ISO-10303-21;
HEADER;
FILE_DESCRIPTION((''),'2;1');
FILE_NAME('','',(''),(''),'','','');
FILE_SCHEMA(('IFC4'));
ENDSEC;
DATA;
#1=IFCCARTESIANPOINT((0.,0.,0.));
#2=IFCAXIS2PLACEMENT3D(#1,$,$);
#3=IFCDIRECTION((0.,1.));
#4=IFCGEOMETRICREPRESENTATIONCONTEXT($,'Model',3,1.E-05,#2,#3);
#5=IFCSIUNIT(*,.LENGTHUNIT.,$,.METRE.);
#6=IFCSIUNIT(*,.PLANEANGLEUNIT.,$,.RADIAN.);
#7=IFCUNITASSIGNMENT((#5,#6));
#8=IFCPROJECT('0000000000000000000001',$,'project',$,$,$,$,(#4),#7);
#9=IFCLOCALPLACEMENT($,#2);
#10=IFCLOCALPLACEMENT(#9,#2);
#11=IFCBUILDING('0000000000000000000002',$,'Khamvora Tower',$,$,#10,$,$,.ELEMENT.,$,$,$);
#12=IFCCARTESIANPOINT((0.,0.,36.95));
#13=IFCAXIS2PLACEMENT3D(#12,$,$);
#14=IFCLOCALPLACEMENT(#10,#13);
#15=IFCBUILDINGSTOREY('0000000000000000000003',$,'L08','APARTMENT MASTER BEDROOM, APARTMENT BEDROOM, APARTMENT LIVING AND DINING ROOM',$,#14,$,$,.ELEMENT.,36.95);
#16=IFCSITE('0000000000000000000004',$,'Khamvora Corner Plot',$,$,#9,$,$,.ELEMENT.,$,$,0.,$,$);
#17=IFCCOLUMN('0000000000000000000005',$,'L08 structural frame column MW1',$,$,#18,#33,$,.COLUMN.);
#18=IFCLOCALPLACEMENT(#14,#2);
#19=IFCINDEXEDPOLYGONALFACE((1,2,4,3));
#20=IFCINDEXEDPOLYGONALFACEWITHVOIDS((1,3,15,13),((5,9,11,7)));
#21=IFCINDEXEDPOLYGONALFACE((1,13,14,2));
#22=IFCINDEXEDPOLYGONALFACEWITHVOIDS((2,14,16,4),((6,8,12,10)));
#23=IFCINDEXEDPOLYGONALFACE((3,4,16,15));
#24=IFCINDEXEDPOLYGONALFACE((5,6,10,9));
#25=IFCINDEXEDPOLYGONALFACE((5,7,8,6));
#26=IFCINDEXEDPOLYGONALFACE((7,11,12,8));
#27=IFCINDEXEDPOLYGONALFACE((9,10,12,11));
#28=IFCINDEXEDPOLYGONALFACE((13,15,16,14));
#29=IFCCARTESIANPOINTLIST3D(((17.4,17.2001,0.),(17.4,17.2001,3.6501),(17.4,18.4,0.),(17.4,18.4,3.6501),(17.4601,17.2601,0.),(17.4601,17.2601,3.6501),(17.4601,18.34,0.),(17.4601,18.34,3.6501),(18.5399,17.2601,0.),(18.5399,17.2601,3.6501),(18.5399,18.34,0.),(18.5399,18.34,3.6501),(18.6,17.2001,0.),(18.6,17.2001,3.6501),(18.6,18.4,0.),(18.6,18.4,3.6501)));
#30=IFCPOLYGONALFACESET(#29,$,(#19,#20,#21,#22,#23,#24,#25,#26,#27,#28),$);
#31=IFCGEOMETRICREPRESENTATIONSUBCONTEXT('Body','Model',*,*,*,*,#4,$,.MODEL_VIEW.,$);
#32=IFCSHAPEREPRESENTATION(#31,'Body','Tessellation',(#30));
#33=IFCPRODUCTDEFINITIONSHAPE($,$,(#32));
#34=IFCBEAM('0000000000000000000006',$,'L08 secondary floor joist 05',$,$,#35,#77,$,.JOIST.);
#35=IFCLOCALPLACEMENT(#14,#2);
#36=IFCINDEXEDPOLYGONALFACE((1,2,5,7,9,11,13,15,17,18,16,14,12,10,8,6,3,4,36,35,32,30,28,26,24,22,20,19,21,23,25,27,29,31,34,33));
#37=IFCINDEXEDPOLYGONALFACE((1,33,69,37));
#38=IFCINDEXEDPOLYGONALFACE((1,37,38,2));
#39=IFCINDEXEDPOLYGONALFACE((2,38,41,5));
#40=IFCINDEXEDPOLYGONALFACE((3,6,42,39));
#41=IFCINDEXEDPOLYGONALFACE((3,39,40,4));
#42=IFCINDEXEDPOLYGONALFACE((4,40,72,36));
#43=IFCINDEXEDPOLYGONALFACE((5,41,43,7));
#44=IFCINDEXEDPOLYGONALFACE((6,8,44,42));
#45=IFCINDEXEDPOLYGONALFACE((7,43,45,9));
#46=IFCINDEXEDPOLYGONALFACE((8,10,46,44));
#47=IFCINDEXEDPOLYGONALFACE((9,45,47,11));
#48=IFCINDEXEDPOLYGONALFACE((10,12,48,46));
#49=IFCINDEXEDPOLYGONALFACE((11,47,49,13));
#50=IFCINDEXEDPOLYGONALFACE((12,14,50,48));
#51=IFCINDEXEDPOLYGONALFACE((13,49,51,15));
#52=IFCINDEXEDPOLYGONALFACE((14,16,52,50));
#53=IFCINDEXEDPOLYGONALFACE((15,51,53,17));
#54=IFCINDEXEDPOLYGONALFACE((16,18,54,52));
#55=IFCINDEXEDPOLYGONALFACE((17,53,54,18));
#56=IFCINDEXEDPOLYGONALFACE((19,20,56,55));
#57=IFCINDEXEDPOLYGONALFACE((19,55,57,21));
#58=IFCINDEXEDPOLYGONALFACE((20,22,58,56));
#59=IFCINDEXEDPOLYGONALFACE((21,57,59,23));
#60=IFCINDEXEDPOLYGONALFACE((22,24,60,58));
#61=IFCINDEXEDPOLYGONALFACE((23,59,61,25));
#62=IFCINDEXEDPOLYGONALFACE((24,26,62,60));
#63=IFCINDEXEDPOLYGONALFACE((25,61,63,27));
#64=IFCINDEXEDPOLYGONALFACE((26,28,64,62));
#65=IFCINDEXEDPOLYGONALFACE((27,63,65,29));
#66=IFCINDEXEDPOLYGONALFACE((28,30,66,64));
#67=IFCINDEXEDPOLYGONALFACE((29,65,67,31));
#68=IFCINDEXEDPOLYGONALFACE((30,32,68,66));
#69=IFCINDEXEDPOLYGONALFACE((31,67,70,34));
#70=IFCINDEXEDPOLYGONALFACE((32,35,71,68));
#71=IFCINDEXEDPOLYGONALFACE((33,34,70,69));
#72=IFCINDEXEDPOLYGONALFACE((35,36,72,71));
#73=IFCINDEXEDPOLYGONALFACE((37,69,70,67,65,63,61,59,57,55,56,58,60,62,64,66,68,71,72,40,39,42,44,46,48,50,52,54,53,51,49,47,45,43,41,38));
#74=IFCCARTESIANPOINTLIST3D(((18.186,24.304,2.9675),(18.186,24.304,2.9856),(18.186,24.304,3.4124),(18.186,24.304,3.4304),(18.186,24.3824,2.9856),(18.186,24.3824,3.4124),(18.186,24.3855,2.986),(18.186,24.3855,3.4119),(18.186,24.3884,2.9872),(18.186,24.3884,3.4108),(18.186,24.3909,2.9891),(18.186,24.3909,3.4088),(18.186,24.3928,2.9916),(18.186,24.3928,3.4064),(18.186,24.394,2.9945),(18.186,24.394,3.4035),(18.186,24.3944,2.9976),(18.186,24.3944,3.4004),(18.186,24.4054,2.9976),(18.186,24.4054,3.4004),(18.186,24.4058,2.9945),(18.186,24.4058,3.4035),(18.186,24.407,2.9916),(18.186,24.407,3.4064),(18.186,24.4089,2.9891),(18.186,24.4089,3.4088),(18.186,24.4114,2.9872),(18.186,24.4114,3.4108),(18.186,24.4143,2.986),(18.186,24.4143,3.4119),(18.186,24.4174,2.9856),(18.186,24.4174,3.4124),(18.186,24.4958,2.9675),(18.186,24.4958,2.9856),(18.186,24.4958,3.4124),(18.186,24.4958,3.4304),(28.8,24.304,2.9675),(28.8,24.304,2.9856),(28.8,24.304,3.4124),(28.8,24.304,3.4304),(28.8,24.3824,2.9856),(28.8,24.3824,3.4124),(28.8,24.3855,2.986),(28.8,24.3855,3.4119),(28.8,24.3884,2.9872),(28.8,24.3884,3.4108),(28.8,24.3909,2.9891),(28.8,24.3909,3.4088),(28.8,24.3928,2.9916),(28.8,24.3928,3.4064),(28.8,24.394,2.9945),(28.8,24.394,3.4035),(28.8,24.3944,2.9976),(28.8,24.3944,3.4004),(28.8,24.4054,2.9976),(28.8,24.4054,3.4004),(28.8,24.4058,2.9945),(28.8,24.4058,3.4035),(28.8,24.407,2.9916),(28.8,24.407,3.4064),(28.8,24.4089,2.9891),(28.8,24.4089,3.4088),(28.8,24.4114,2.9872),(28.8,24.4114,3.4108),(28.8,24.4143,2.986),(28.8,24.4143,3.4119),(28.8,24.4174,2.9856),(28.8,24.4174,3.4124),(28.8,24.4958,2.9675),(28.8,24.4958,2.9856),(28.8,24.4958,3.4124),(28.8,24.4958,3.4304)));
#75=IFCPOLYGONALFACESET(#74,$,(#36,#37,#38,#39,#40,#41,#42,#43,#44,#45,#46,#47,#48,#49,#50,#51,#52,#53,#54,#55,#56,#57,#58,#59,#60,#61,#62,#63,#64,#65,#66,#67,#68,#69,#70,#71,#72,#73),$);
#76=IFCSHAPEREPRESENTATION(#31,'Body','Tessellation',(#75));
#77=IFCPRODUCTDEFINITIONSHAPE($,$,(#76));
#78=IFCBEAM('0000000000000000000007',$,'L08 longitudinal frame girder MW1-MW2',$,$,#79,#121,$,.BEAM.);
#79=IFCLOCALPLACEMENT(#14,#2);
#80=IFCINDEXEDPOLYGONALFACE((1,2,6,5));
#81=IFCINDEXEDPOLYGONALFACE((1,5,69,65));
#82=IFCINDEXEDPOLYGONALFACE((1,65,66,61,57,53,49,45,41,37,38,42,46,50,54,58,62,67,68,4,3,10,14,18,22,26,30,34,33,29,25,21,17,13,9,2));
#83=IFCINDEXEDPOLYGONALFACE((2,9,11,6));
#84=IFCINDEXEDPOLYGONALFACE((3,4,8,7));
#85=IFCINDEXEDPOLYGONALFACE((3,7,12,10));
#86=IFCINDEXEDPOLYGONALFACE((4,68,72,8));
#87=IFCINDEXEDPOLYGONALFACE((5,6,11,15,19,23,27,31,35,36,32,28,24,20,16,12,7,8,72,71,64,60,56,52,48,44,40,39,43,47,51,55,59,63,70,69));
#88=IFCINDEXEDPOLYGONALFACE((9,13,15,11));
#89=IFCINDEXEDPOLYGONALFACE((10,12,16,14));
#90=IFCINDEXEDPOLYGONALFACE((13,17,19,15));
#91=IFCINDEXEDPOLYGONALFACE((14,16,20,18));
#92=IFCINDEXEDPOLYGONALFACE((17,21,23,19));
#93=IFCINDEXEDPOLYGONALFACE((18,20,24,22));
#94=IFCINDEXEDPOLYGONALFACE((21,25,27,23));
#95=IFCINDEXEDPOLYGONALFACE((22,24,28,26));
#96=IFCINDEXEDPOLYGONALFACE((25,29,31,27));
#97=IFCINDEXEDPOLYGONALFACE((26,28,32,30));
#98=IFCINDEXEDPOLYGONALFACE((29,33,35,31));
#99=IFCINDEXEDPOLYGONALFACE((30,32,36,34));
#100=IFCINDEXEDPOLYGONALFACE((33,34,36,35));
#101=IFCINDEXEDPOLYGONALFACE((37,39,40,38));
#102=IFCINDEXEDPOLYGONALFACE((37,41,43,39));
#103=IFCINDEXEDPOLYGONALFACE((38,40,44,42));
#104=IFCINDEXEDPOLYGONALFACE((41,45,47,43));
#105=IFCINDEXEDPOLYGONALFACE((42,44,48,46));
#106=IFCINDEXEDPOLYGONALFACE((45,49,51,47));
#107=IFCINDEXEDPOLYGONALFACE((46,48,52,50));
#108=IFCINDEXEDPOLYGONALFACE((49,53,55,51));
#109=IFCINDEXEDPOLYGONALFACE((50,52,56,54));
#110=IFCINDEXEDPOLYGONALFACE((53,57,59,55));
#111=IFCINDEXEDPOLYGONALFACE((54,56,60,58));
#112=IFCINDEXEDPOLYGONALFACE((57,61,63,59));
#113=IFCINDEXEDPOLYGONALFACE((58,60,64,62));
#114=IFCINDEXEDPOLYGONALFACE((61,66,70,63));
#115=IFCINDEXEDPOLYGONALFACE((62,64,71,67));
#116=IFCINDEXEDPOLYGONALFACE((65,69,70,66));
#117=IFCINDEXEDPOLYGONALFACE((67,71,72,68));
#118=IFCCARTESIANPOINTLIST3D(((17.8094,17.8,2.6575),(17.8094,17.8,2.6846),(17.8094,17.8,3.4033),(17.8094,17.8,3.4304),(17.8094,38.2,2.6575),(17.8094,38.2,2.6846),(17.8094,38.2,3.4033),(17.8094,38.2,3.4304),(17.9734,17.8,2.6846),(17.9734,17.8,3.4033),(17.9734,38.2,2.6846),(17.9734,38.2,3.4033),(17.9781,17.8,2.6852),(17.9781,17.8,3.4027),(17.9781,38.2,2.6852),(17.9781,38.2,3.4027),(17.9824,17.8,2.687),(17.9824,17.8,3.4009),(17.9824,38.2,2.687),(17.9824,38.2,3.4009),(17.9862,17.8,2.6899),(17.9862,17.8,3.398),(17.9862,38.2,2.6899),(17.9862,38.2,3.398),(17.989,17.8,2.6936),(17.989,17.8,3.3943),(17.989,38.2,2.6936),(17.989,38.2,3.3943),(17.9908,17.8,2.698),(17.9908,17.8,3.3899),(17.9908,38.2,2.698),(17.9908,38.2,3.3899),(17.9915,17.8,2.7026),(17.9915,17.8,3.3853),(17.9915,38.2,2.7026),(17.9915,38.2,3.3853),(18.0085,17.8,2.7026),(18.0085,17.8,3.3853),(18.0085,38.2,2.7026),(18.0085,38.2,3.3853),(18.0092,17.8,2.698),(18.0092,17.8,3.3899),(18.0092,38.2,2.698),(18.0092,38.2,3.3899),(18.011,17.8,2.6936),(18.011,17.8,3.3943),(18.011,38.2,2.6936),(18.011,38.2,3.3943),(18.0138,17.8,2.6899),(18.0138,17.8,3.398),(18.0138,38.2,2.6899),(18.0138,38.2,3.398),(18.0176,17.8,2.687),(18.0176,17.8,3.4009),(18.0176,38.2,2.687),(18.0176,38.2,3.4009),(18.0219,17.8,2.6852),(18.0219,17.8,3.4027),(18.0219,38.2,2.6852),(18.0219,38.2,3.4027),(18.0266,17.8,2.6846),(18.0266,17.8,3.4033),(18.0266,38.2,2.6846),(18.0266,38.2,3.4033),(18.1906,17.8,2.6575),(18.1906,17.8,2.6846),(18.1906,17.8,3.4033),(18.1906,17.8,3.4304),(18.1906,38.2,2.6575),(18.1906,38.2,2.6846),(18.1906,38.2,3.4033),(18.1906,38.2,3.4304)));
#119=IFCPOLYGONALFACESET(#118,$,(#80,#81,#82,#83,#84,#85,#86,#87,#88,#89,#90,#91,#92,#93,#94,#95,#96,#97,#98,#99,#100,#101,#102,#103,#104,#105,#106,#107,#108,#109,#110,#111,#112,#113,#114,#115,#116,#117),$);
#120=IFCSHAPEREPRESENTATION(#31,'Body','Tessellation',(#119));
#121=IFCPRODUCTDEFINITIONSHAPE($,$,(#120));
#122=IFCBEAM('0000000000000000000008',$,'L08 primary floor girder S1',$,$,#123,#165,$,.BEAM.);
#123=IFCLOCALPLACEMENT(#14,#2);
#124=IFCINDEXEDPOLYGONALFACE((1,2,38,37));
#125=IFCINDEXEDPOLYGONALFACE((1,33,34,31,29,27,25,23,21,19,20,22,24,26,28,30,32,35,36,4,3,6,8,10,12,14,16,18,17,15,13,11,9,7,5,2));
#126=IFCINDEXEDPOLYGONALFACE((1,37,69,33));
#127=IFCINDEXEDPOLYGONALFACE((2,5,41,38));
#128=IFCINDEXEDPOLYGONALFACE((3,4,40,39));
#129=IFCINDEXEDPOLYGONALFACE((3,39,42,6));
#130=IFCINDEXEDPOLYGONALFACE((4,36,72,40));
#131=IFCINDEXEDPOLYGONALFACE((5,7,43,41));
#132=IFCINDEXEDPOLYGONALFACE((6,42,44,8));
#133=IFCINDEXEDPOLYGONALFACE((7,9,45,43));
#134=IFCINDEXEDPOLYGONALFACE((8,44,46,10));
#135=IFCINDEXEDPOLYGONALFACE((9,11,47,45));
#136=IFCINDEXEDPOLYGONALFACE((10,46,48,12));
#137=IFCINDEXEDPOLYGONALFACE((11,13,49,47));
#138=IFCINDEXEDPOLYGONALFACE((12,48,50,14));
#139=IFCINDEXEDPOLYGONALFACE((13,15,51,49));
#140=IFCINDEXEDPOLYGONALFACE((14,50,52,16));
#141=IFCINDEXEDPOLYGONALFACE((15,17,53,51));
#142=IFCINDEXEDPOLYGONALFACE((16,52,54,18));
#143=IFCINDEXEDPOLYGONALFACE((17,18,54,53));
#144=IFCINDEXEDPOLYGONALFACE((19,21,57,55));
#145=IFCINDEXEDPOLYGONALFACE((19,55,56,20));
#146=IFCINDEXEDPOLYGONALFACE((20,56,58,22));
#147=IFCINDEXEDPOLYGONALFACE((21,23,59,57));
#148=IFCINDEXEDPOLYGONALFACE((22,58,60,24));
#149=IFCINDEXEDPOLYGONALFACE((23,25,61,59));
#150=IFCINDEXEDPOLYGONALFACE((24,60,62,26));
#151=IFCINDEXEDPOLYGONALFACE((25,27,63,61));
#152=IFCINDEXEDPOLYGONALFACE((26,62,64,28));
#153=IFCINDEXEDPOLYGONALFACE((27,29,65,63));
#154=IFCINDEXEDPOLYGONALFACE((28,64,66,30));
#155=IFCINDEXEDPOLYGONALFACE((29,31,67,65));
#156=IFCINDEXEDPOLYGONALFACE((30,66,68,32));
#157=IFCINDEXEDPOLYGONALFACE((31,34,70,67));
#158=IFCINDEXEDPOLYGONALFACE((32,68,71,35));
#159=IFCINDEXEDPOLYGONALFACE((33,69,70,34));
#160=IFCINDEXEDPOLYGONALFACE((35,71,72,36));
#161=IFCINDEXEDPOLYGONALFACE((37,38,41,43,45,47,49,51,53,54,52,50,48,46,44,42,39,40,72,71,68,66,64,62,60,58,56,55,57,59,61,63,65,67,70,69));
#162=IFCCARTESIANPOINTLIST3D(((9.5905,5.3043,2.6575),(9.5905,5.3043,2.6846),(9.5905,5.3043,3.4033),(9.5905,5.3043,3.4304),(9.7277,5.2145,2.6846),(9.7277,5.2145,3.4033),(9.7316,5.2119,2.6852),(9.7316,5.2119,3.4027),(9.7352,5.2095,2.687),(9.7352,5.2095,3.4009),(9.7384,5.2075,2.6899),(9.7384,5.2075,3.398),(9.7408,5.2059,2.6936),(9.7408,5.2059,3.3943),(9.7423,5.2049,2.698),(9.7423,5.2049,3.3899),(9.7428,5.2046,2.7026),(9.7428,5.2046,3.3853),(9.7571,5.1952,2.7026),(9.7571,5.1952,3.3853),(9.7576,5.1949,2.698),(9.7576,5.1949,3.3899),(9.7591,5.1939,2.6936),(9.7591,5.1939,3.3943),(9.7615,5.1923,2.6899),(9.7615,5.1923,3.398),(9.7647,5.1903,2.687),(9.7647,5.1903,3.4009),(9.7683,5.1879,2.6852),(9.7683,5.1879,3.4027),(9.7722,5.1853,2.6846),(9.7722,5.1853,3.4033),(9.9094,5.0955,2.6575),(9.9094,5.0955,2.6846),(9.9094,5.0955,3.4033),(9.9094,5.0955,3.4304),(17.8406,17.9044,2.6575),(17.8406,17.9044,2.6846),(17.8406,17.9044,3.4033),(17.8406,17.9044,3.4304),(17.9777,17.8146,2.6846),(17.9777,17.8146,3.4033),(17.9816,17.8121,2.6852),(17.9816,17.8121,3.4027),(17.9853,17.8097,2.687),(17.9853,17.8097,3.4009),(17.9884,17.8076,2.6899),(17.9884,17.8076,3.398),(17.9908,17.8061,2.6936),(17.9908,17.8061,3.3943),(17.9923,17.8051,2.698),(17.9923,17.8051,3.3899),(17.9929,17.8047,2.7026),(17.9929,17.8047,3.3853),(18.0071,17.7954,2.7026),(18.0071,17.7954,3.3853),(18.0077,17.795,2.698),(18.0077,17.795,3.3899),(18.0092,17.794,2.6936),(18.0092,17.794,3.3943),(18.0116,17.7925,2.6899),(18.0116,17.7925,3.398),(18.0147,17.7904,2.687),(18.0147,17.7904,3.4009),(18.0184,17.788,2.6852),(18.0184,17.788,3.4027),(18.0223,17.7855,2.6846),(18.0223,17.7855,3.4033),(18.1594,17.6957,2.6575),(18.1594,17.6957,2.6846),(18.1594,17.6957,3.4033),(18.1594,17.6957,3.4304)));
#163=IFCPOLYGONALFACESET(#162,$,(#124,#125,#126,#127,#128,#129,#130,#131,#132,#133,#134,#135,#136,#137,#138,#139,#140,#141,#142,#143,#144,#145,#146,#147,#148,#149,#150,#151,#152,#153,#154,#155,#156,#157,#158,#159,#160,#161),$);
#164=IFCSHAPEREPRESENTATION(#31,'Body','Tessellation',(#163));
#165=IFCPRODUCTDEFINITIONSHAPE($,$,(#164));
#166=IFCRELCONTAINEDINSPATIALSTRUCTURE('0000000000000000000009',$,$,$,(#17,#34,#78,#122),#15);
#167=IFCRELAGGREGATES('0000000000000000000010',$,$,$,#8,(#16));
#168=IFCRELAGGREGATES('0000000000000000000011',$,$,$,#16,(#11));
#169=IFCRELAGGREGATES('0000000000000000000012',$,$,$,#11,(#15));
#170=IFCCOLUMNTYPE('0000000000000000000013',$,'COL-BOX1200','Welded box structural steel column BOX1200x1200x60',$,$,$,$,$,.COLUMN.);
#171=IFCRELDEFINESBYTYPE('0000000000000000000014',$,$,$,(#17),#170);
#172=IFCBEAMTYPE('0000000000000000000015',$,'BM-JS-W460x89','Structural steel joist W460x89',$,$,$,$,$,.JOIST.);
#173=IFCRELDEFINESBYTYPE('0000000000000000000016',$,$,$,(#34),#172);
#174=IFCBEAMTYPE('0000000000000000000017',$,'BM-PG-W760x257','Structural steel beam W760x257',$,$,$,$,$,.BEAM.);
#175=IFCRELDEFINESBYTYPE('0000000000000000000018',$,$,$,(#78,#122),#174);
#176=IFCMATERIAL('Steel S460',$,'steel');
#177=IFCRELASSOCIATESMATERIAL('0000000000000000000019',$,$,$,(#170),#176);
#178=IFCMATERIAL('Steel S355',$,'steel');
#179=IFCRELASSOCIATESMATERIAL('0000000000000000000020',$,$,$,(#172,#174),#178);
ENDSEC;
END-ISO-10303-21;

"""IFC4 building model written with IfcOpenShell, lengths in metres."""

from ifc_helpers import new_model, si_unit, direction, frame, origin, origin_2d, place, context, subcontext, project, spatial, hollow_rectangle, i_section, extrude, material, material_profile, profile_set, type_object, element, save


model = new_model("IFC4")

# Units and contexts
model_context = context("Model", 3, precision=1e-05, world=origin(), true_north=direction((0.0, 1.0)))
body_context = subcontext(model_context, "Body", "Model", "MODEL_VIEW")
ifc_project = project(units=[si_unit("LENGTHUNIT", "METRE"), si_unit("PLANEANGLEUNIT", "RADIAN")], contexts=[model_context])

# Site, building, storey
site_placement = place(None, origin())
site = spatial("IfcSite", under=ifc_project, at=site_placement, Name="Khamvora Corner Plot", CompositionType="ELEMENT", RefElevation=0.0)
building_placement = place(site_placement, origin())
building = spatial("IfcBuilding", under=site, at=building_placement, Name="Khamvora Tower", CompositionType="ELEMENT")
storey_placement = place(building_placement, frame((0.0, 0.0, 36.95)))
storey = spatial("IfcBuildingStorey", under=building, at=storey_placement, Name="L08", Description="APARTMENT MASTER BEDROOM, APARTMENT BEDROOM, APARTMENT LIVING AND DINING ROOM", CompositionType="ELEMENT", Elevation=36.95)

# Column
ifc_material_1 = material(Name="Steel S460", Category="steel")
ifc_material_profile_1 = material_profile(ifc_material_1, hollow_rectangle(XDim=1.2, YDim=1.2, WallThickness=0.0601, at=origin_2d()), Name="BOX1200x1200x60")
ifc_profile_set_1 = profile_set([ifc_material_profile_1], Name="Steel S460")
column_type = type_object("IfcColumnType", Name="COL-BOX1200", Description="Welded box structural steel column BOX1200x1200x60", PredefinedType="COLUMN", material=ifc_profile_set_1)
column_placement = place(storey_placement, frame((18.0, 17.8, 0.0), z_axis=(0.0, 0.0, 1.0), x_axis=(1.0, 0.0, 0.0)))
element("IfcColumn", 1, at=column_placement, inside=storey, type_object=column_type, Name="L08 structural frame column MW1", PredefinedType="COLUMN", context=body_context, shape_type="SweptSolid", body=[
    extrude(hollow_rectangle(XDim=1.2, YDim=1.2, WallThickness=0.0601, at=origin_2d()), origin(), (0.0, 0.0, 1.0), 3.6501),
])

# Beams
ifc_material_2 = material(Name="Steel S355", Category="steel")
ifc_material_profile_2 = material_profile(ifc_material_2, i_section(OverallWidth=0.1919, OverallDepth=0.4629, WebThickness=0.011, FlangeThickness=0.0181, FilletRadius=0.012, at=origin_2d()), Name="W460x89")
ifc_profile_set_2 = profile_set([ifc_material_profile_2], Name="Steel S355")
beam_type_1 = type_object("IfcBeamType", Name="BM-JS-W460x89", Description="Structural steel joist W460x89", PredefinedType="JOIST", material=ifc_profile_set_2)
beam_1_placement = place(storey_placement, frame((18.186, 24.3999, 3.199), z_axis=(1.0, 0.0, 0.0), x_axis=(0.0, 1.0, 0.0)))
element("IfcBeam", 2, at=beam_1_placement, inside=storey, type_object=beam_type_1, Name="L08 secondary floor joist 05", PredefinedType="JOIST", context=body_context, shape_type="SweptSolid", body=[
    extrude(i_section(OverallWidth=0.1919, OverallDepth=0.4629, WebThickness=0.011, FlangeThickness=0.0181, FilletRadius=0.012, at=origin_2d()), origin(), (0.0, 0.0, 1.0), 10.614),
])
ifc_material_profile_3 = material_profile(ifc_material_2, i_section(OverallWidth=0.3811, OverallDepth=0.7729, WebThickness=0.0171, FlangeThickness=0.0271, FilletRadius=0.0181, at=origin_2d()), Name="W760x257")
ifc_profile_set_3 = profile_set([ifc_material_profile_3], Name="Steel S355")
beam_type_2 = type_object("IfcBeamType", Name="BM-PG-W760x257", Description="Structural steel beam W760x257", PredefinedType="BEAM", material=ifc_profile_set_3)
beam_2_placement = place(storey_placement, frame((18.0, 17.8, 3.0439), z_axis=(0.0, 1.0, 0.0), x_axis=(-1.0, 0.0, 0.0)))
element("IfcBeam", 3, at=beam_2_placement, inside=storey, type_object=beam_type_2, Name="L08 longitudinal frame girder MW1-MW2", PredefinedType="BEAM", context=body_context, shape_type="SweptSolid", body=[
    extrude(i_section(OverallWidth=0.3811, OverallDepth=0.7729, WebThickness=0.0171, FlangeThickness=0.0271, FilletRadius=0.0181, at=origin_2d()), origin(), (0.0, 0.0, 1.0), 20.3999),
])
beam_3_placement = place(storey_placement, frame((18.0, 17.8, 3.0439), z_axis=(-0.547783, -0.83662, 0.0), x_axis=(0.83662, -0.547783, 0.0)))
element("IfcBeam", 4, at=beam_3_placement, inside=storey, type_object=beam_type_2, Name="L08 primary floor girder S1", PredefinedType="BEAM", context=body_context, shape_type="SweptSolid", body=[
    extrude(i_section(OverallWidth=0.3811, OverallDepth=0.7729, WebThickness=0.0171, FlangeThickness=0.0271, FilletRadius=0.0181, at=origin_2d()), origin(), (0.0, 0.0, 1.0), 15.0608),
])

save(model, "model.ifc")
